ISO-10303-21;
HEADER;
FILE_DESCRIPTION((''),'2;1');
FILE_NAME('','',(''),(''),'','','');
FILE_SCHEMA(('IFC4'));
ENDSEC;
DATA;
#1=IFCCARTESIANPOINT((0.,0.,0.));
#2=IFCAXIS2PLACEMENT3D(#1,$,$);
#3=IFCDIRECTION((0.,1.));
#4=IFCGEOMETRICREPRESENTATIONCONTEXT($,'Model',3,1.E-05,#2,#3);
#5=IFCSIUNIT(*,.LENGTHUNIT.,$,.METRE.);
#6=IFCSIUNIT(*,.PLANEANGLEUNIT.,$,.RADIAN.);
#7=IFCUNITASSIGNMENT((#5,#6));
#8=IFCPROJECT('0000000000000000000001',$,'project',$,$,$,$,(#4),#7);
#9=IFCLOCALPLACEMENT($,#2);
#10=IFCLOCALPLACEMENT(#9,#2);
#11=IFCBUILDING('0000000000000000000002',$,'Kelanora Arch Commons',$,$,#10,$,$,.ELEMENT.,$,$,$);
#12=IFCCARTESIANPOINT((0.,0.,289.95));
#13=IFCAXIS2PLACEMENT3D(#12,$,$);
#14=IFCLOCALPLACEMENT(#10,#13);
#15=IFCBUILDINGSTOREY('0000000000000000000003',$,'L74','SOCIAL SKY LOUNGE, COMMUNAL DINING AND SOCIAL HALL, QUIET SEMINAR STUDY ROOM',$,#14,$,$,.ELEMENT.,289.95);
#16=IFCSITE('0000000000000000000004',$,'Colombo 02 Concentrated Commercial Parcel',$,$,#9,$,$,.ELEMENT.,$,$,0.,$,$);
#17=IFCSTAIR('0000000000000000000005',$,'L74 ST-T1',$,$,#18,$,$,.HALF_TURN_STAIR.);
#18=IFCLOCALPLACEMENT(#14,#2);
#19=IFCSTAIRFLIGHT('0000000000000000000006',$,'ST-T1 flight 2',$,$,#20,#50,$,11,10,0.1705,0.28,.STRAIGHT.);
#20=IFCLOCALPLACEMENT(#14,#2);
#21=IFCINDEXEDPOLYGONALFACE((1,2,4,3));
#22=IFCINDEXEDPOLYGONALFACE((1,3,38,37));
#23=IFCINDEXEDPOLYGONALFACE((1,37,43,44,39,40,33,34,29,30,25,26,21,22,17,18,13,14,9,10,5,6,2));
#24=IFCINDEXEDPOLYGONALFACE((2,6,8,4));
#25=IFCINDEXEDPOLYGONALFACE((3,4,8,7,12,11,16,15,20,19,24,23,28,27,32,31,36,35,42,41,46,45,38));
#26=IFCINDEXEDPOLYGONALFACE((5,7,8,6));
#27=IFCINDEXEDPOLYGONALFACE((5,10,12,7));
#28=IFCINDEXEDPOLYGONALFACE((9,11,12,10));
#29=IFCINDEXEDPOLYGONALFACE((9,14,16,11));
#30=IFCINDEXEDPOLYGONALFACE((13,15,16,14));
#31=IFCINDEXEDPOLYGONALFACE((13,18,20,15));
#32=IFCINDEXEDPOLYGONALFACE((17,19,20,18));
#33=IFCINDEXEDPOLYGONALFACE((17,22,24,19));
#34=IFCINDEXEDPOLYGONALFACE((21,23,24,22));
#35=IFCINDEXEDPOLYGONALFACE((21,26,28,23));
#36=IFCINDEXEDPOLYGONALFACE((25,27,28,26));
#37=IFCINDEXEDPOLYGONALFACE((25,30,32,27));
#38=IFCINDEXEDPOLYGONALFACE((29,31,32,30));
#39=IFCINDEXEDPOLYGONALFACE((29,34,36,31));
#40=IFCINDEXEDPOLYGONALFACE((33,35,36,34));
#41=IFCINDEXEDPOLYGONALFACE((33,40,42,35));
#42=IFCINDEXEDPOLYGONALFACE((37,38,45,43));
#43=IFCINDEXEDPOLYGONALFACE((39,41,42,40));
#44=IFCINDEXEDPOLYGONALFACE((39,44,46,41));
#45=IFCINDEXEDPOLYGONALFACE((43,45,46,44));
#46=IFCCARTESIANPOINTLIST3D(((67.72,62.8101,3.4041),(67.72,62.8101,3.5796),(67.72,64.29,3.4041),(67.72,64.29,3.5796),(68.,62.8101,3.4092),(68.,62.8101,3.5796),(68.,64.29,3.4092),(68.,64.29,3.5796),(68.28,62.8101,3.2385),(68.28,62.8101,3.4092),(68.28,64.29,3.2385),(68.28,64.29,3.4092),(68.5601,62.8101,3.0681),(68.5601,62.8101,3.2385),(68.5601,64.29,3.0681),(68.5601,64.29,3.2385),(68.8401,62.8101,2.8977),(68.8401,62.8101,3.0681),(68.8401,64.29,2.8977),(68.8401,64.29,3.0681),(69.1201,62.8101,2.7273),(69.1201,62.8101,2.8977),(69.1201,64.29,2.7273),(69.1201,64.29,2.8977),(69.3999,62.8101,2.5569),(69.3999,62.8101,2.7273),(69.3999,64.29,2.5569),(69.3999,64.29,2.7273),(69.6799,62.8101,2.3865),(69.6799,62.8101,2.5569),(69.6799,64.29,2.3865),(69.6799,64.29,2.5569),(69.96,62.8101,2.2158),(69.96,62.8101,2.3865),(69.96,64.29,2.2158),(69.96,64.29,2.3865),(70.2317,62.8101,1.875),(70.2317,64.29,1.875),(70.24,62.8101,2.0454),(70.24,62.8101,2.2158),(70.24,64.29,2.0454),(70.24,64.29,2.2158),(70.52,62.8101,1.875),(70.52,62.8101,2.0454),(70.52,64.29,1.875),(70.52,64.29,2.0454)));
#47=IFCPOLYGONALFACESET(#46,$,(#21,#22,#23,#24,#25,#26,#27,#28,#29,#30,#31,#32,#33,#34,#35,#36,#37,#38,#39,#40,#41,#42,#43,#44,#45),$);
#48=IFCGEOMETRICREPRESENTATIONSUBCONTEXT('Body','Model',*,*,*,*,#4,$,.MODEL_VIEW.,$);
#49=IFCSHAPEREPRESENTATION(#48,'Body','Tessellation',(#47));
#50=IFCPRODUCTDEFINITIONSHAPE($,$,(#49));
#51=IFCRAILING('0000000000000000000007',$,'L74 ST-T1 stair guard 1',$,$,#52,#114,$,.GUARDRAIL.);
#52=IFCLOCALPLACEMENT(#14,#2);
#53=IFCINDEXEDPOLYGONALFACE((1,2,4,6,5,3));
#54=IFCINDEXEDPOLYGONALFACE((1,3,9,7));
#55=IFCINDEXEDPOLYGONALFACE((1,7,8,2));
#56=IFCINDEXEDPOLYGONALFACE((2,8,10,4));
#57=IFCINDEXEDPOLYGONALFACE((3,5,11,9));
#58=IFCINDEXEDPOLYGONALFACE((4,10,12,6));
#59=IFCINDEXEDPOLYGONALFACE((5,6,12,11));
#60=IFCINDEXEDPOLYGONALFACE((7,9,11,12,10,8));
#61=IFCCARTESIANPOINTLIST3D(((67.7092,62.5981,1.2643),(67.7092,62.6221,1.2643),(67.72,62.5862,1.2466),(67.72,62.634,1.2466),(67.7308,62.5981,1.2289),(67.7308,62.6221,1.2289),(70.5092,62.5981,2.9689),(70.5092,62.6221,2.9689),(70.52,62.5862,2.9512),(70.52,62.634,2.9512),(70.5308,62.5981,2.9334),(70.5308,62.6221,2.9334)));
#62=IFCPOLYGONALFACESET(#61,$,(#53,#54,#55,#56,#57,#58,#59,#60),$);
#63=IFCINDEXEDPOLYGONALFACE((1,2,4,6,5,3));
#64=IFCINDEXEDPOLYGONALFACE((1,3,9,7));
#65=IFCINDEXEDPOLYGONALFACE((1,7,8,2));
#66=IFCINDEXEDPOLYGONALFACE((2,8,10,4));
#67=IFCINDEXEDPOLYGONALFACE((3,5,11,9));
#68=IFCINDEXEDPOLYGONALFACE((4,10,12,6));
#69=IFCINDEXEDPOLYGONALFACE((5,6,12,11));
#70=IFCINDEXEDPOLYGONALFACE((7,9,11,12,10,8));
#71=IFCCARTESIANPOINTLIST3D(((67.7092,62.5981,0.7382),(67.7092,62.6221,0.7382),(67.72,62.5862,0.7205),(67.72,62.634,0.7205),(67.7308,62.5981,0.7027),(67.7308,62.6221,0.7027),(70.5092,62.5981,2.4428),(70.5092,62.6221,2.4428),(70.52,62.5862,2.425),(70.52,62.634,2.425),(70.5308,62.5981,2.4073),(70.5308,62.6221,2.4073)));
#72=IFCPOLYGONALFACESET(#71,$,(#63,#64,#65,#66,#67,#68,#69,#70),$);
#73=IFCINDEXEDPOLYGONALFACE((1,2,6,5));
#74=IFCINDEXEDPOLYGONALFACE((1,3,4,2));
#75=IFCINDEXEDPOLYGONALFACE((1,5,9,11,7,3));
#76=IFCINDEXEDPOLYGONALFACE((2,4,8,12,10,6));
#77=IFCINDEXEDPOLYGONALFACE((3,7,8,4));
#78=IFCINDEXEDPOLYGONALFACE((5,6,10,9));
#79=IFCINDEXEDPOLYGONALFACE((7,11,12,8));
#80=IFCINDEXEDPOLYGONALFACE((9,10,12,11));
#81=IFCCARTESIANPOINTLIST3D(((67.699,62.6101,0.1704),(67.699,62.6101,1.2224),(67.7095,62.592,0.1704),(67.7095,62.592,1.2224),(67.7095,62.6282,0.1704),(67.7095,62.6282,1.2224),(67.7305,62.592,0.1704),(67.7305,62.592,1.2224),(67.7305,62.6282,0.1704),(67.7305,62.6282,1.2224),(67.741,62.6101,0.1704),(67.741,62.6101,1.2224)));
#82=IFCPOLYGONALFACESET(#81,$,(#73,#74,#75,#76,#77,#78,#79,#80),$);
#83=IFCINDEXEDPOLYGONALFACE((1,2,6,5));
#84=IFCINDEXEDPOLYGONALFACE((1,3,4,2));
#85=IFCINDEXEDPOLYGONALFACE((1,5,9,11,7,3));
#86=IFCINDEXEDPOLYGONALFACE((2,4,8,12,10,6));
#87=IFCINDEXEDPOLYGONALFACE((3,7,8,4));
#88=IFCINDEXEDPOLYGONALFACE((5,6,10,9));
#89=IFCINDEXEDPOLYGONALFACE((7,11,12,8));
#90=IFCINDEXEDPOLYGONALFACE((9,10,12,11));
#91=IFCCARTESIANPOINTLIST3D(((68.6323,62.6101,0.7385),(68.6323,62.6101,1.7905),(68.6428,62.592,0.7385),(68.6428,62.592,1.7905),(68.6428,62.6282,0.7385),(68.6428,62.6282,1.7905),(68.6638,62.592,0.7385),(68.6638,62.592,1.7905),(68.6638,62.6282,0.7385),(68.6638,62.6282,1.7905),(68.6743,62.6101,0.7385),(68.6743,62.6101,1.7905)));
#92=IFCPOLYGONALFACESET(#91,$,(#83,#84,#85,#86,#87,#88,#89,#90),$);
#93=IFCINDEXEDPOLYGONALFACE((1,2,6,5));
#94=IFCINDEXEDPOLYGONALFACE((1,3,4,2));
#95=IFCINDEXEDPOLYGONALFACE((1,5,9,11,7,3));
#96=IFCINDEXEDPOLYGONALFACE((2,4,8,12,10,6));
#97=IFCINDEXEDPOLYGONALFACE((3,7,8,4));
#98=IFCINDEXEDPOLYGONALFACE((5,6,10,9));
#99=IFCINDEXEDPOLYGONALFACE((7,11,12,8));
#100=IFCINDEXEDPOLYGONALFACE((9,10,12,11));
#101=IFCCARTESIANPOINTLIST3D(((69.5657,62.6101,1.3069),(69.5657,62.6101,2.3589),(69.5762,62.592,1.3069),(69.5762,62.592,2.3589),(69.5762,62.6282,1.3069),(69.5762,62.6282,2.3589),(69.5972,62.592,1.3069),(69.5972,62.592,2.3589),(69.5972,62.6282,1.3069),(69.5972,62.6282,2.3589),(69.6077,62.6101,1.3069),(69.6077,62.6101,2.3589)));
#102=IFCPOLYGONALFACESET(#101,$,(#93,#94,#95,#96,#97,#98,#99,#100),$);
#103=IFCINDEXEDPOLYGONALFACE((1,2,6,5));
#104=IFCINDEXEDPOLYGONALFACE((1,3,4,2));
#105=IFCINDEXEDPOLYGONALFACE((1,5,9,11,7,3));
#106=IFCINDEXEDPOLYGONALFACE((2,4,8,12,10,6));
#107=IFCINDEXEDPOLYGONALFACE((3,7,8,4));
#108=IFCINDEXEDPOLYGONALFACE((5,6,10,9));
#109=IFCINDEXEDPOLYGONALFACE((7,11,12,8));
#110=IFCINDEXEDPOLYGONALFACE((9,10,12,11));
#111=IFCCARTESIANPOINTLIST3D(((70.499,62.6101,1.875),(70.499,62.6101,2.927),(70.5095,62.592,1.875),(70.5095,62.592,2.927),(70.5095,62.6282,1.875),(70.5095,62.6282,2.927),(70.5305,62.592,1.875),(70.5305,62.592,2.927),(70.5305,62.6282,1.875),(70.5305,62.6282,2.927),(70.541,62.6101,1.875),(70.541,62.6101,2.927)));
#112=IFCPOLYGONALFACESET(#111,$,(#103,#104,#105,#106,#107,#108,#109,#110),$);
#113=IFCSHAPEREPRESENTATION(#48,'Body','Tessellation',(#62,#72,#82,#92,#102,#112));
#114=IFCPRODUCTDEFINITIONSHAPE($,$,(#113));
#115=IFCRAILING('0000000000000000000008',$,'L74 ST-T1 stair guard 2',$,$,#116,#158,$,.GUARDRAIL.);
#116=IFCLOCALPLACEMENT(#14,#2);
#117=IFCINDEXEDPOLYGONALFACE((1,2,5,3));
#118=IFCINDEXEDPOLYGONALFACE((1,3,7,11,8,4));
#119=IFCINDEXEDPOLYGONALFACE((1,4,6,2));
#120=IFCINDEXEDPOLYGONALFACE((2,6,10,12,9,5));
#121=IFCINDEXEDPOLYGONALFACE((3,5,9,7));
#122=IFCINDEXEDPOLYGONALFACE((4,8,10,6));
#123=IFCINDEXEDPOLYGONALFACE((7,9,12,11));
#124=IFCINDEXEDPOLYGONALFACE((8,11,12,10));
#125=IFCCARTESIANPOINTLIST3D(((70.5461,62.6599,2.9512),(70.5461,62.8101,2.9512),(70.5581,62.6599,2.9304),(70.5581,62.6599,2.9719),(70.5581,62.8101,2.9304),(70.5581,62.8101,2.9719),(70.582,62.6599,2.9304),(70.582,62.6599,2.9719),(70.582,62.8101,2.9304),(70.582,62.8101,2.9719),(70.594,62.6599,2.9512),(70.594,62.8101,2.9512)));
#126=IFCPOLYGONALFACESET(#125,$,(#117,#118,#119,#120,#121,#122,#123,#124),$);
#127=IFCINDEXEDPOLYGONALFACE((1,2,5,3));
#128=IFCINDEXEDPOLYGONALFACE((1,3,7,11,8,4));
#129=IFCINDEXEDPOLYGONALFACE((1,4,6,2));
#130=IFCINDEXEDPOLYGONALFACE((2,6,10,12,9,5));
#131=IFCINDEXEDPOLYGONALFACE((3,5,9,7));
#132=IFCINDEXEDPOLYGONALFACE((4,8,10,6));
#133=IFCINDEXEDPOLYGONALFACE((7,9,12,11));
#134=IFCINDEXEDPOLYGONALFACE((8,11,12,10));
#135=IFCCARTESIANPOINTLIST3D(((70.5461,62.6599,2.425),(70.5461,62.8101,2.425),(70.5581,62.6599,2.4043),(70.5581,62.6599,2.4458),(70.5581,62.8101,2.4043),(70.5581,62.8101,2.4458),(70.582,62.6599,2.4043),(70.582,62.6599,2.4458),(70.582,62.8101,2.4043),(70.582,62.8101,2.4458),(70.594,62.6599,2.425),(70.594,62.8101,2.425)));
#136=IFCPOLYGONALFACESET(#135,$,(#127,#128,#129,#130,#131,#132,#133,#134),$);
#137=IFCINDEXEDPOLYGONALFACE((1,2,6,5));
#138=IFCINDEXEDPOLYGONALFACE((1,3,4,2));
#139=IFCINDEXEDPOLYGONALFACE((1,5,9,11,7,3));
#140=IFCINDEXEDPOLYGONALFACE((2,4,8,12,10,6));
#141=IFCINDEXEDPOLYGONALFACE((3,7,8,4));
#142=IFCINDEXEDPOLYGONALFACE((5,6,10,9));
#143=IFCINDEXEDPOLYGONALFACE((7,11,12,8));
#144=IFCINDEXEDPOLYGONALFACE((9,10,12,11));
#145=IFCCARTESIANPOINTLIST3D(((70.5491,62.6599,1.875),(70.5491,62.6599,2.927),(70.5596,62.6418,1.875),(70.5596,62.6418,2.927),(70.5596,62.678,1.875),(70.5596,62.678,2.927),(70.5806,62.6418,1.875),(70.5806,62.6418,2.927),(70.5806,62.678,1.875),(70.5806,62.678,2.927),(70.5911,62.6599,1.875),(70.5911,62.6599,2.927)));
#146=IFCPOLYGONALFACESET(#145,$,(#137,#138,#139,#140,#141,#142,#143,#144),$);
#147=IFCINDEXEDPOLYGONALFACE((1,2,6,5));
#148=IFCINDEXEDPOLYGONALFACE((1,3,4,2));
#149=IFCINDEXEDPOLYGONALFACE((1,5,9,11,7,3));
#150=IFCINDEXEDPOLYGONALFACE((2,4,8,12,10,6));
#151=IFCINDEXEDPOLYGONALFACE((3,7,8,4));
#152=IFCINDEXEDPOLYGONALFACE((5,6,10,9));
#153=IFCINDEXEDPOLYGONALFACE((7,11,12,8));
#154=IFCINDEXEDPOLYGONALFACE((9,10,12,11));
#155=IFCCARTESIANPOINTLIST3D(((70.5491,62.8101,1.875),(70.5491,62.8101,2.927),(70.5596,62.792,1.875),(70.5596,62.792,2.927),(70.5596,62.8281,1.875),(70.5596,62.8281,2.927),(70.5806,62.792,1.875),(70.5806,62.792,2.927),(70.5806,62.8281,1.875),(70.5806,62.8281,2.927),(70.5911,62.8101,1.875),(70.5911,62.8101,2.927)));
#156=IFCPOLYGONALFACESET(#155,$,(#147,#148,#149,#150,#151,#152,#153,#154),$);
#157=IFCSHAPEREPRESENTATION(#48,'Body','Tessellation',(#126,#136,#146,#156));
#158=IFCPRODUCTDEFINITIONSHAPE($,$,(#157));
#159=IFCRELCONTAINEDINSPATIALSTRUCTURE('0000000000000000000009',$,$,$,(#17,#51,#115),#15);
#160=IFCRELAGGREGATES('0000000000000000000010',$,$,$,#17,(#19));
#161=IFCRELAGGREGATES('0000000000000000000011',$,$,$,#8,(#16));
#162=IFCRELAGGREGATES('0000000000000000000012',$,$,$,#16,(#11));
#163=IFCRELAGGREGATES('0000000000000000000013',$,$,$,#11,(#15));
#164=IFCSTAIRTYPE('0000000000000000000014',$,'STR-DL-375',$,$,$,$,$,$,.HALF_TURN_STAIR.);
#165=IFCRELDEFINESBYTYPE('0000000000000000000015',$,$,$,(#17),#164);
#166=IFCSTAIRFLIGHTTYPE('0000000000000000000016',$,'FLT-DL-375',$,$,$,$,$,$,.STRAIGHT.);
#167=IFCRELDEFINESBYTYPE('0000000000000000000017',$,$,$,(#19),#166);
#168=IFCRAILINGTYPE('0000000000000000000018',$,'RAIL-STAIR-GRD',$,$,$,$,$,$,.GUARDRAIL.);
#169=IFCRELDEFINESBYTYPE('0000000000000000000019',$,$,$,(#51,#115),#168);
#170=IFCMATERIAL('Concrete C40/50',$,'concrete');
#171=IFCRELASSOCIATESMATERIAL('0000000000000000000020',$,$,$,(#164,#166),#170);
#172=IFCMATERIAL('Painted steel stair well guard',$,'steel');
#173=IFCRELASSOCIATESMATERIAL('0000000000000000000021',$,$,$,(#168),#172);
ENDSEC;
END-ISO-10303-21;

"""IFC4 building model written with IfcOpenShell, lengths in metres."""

from ifc_helpers import new_model, si_unit, direction, frame, origin, place, context, subcontext, project, spatial, polyline, outline, extrude, material, type_object, element, aggregate, save


model = new_model("IFC4")

# Units and contexts
model_context = context("Model", 3, precision=1e-05, world=origin(), true_north=direction((0.0, 1.0)))
body_context = subcontext(model_context, "Body", "Model", "MODEL_VIEW")
ifc_project = project(units=[si_unit("LENGTHUNIT", "METRE"), si_unit("PLANEANGLEUNIT", "RADIAN")], contexts=[model_context])

# Site, building, storey
site_placement = place(None, origin())
site = spatial("IfcSite", under=ifc_project, at=site_placement, Name="Colombo 02 Concentrated Commercial Parcel", CompositionType="ELEMENT", RefElevation=0.0)
building_placement = place(site_placement, origin())
building = spatial("IfcBuilding", under=site, at=building_placement, Name="Kelanora Arch Commons", CompositionType="ELEMENT")
storey_placement = place(building_placement, frame((0.0, 0.0, 289.95)))
storey = spatial("IfcBuildingStorey", under=building, at=storey_placement, Name="L74", Description="SOCIAL SKY LOUNGE, COMMUNAL DINING AND SOCIAL HALL, QUIET SEMINAR STUDY ROOM", CompositionType="ELEMENT", Elevation=289.95)

# Shared definitions
ifc_material_1 = material(Name="Concrete C40/50", Category="concrete")

# Stair, stair flight
stair_type = type_object("IfcStairType", Name="STR-DL-375", PredefinedType="HALF_TURN_STAIR", material=ifc_material_1)
stair_placement = place(storey_placement, origin())
stair = element("IfcStair", 1, at=stair_placement, inside=storey, type_object=stair_type, Name="L74 ST-T1", PredefinedType="HALF_TURN_STAIR")
stair_flight_type = type_object("IfcStairFlightType", Name="FLT-DL-375", PredefinedType="STRAIGHT", material=ifc_material_1)
stair_flight_1_placement = place(storey_placement, frame((70.52, 63.55, 1.875), z_axis=(0.0, 0.0, 1.0), x_axis=(-1.0, 0.0, 0.0)))
stair_flight_1 = element("IfcStairFlight", 2, at=stair_flight_1_placement, type_object=stair_flight_type, Name="ST-T1 flight 2", NumberOfRisers=11, NumberOfTreads=10, PredefinedType="STRAIGHT", RiserHeight=0.1705, TreadLength=0.28, context=body_context, shape_type="SweptSolid", body=[
    extrude(outline(polyline([(0.0, 0.0), (0.0, 0.1704), (0.28, 0.1704), (0.28, 0.3408), (0.5601, 0.3408), (0.5601, 0.5115), (0.8401, 0.5115), (0.8401, 0.6819), (1.1201, 0.6819), (1.1201, 0.8523), (1.3999, 0.8523), (1.3999, 1.0227), (1.6799, 1.0227), (1.6799, 1.1931), (1.96, 1.1931), (1.96, 1.3635), (2.24, 1.3635), (2.24, 1.5342), (2.52, 1.5342), (2.52, 1.7046), (2.8, 1.7046), (2.8, 1.875), (2.8, 1.5291), (0.2883, 0.0), (0.0, 0.0)])), frame((0.0, 0.74, 0.0), z_axis=(0.0, -1.0, 0.0), x_axis=(1.0, 0.0, 0.0)), (0.0, 0.0, 1.0), 1.48),
])
aggregate(stair, [stair_flight_1])

# Railings
ifc_material_2 = material(Name="Painted steel stair well guard", Category="steel")
railing_type_1 = type_object("IfcRailingType", Name="RAIL-STAIR-GRD", PredefinedType="GUARDRAIL", material=ifc_material_2)
railing_1_placement = place(storey_placement, frame((67.72, 62.6101, 0.1704)))
element("IfcRailing", 3, at=railing_1_placement, inside=storey, type_object=railing_type_1, Name="L74 ST-T1 stair guard 1", PredefinedType="GUARDRAIL", context=body_context, shape_type="SweptSolid", body=[
    extrude(outline(polyline([(0.0239, 0.0), (0.012, 0.0208), (-0.012, 0.0208), (-0.0239, 0.0), (-0.012, -0.0208), (0.012, -0.0208), (0.0239, 0.0)])), frame((0.0, 0.0, 1.0762), z_axis=(0.85417, 0.0, 0.519994), x_axis=(0.0, 1.0, 0.0)), (0.0, 0.0, 1.0), 3.2781),
    extrude(outline(polyline([(0.0239, 0.0), (0.012, 0.0208), (-0.012, 0.0208), (-0.0239, 0.0), (-0.012, -0.0208), (0.012, -0.0208), (0.0239, 0.0)])), frame((0.0, 0.0, 0.55), z_axis=(0.85417, 0.0, 0.519994), x_axis=(0.0, 1.0, 0.0)), (0.0, 0.0, 1.0), 3.2781),
    extrude(outline(polyline([(0.021, 0.0), (0.0105, 0.0181), (-0.0105, 0.0181), (-0.021, 0.0), (-0.0105, -0.0181), (0.0105, -0.0181), (0.021, 0.0)])), origin(), (0.0, 0.0, 1.0), 1.052),
    extrude(outline(polyline([(0.021, 0.0), (0.0105, 0.0181), (-0.0105, 0.0181), (-0.021, 0.0), (-0.0105, -0.0181), (0.0105, -0.0181), (0.021, 0.0)])), frame((0.9333, 0.0, 0.5681)), (0.0, 0.0, 1.0), 1.052),
    extrude(outline(polyline([(0.021, 0.0), (0.0105, 0.0181), (-0.0105, 0.0181), (-0.021, 0.0), (-0.0105, -0.0181), (0.0105, -0.0181), (0.021, 0.0)])), frame((1.8667, 0.0, 1.1365)), (0.0, 0.0, 1.0), 1.052),
    extrude(outline(polyline([(0.021, 0.0), (0.0105, 0.0181), (-0.0105, 0.0181), (-0.021, 0.0), (-0.0105, -0.0181), (0.0105, -0.0181), (0.021, 0.0)])), frame((2.8, 0.0, 1.7046)), (0.0, 0.0, 1.0), 1.052),
])
railing_2_placement = place(storey_placement, frame((70.5701, 62.6599, 1.875)))
element("IfcRailing", 4, at=railing_2_placement, inside=storey, type_object=railing_type_1, Name="L74 ST-T1 stair guard 2", PredefinedType="GUARDRAIL", context=body_context, shape_type="SweptSolid", body=[
    extrude(outline(polyline([(0.0239, 0.0), (0.012, 0.0208), (-0.012, 0.0208), (-0.0239, 0.0), (-0.012, -0.0208), (0.012, -0.0208), (0.0239, 0.0)])), frame((0.0, 0.0, 1.0762), z_axis=(0.0, 1.0, 0.0), x_axis=(-1.0, 0.0, 0.0)), (0.0, 0.0, 1.0), 0.1501),
    extrude(outline(polyline([(0.0239, 0.0), (0.012, 0.0208), (-0.012, 0.0208), (-0.0239, 0.0), (-0.012, -0.0208), (0.012, -0.0208), (0.0239, 0.0)])), frame((0.0, 0.0, 0.55), z_axis=(0.0, 1.0, 0.0), x_axis=(-1.0, 0.0, 0.0)), (0.0, 0.0, 1.0), 0.1501),
    extrude(outline(polyline([(0.021, 0.0), (0.0105, 0.0181), (-0.0105, 0.0181), (-0.021, 0.0), (-0.0105, -0.0181), (0.0105, -0.0181), (0.021, 0.0)])), origin(), (0.0, 0.0, 1.0), 1.052),
    extrude(outline(polyline([(0.021, 0.0), (0.0105, 0.0181), (-0.0105, 0.0181), (-0.021, 0.0), (-0.0105, -0.0181), (0.0105, -0.0181), (0.021, 0.0)])), frame((0.0, 0.1501, 0.0)), (0.0, 0.0, 1.0), 1.052),
])

save(model, "model.ifc")
